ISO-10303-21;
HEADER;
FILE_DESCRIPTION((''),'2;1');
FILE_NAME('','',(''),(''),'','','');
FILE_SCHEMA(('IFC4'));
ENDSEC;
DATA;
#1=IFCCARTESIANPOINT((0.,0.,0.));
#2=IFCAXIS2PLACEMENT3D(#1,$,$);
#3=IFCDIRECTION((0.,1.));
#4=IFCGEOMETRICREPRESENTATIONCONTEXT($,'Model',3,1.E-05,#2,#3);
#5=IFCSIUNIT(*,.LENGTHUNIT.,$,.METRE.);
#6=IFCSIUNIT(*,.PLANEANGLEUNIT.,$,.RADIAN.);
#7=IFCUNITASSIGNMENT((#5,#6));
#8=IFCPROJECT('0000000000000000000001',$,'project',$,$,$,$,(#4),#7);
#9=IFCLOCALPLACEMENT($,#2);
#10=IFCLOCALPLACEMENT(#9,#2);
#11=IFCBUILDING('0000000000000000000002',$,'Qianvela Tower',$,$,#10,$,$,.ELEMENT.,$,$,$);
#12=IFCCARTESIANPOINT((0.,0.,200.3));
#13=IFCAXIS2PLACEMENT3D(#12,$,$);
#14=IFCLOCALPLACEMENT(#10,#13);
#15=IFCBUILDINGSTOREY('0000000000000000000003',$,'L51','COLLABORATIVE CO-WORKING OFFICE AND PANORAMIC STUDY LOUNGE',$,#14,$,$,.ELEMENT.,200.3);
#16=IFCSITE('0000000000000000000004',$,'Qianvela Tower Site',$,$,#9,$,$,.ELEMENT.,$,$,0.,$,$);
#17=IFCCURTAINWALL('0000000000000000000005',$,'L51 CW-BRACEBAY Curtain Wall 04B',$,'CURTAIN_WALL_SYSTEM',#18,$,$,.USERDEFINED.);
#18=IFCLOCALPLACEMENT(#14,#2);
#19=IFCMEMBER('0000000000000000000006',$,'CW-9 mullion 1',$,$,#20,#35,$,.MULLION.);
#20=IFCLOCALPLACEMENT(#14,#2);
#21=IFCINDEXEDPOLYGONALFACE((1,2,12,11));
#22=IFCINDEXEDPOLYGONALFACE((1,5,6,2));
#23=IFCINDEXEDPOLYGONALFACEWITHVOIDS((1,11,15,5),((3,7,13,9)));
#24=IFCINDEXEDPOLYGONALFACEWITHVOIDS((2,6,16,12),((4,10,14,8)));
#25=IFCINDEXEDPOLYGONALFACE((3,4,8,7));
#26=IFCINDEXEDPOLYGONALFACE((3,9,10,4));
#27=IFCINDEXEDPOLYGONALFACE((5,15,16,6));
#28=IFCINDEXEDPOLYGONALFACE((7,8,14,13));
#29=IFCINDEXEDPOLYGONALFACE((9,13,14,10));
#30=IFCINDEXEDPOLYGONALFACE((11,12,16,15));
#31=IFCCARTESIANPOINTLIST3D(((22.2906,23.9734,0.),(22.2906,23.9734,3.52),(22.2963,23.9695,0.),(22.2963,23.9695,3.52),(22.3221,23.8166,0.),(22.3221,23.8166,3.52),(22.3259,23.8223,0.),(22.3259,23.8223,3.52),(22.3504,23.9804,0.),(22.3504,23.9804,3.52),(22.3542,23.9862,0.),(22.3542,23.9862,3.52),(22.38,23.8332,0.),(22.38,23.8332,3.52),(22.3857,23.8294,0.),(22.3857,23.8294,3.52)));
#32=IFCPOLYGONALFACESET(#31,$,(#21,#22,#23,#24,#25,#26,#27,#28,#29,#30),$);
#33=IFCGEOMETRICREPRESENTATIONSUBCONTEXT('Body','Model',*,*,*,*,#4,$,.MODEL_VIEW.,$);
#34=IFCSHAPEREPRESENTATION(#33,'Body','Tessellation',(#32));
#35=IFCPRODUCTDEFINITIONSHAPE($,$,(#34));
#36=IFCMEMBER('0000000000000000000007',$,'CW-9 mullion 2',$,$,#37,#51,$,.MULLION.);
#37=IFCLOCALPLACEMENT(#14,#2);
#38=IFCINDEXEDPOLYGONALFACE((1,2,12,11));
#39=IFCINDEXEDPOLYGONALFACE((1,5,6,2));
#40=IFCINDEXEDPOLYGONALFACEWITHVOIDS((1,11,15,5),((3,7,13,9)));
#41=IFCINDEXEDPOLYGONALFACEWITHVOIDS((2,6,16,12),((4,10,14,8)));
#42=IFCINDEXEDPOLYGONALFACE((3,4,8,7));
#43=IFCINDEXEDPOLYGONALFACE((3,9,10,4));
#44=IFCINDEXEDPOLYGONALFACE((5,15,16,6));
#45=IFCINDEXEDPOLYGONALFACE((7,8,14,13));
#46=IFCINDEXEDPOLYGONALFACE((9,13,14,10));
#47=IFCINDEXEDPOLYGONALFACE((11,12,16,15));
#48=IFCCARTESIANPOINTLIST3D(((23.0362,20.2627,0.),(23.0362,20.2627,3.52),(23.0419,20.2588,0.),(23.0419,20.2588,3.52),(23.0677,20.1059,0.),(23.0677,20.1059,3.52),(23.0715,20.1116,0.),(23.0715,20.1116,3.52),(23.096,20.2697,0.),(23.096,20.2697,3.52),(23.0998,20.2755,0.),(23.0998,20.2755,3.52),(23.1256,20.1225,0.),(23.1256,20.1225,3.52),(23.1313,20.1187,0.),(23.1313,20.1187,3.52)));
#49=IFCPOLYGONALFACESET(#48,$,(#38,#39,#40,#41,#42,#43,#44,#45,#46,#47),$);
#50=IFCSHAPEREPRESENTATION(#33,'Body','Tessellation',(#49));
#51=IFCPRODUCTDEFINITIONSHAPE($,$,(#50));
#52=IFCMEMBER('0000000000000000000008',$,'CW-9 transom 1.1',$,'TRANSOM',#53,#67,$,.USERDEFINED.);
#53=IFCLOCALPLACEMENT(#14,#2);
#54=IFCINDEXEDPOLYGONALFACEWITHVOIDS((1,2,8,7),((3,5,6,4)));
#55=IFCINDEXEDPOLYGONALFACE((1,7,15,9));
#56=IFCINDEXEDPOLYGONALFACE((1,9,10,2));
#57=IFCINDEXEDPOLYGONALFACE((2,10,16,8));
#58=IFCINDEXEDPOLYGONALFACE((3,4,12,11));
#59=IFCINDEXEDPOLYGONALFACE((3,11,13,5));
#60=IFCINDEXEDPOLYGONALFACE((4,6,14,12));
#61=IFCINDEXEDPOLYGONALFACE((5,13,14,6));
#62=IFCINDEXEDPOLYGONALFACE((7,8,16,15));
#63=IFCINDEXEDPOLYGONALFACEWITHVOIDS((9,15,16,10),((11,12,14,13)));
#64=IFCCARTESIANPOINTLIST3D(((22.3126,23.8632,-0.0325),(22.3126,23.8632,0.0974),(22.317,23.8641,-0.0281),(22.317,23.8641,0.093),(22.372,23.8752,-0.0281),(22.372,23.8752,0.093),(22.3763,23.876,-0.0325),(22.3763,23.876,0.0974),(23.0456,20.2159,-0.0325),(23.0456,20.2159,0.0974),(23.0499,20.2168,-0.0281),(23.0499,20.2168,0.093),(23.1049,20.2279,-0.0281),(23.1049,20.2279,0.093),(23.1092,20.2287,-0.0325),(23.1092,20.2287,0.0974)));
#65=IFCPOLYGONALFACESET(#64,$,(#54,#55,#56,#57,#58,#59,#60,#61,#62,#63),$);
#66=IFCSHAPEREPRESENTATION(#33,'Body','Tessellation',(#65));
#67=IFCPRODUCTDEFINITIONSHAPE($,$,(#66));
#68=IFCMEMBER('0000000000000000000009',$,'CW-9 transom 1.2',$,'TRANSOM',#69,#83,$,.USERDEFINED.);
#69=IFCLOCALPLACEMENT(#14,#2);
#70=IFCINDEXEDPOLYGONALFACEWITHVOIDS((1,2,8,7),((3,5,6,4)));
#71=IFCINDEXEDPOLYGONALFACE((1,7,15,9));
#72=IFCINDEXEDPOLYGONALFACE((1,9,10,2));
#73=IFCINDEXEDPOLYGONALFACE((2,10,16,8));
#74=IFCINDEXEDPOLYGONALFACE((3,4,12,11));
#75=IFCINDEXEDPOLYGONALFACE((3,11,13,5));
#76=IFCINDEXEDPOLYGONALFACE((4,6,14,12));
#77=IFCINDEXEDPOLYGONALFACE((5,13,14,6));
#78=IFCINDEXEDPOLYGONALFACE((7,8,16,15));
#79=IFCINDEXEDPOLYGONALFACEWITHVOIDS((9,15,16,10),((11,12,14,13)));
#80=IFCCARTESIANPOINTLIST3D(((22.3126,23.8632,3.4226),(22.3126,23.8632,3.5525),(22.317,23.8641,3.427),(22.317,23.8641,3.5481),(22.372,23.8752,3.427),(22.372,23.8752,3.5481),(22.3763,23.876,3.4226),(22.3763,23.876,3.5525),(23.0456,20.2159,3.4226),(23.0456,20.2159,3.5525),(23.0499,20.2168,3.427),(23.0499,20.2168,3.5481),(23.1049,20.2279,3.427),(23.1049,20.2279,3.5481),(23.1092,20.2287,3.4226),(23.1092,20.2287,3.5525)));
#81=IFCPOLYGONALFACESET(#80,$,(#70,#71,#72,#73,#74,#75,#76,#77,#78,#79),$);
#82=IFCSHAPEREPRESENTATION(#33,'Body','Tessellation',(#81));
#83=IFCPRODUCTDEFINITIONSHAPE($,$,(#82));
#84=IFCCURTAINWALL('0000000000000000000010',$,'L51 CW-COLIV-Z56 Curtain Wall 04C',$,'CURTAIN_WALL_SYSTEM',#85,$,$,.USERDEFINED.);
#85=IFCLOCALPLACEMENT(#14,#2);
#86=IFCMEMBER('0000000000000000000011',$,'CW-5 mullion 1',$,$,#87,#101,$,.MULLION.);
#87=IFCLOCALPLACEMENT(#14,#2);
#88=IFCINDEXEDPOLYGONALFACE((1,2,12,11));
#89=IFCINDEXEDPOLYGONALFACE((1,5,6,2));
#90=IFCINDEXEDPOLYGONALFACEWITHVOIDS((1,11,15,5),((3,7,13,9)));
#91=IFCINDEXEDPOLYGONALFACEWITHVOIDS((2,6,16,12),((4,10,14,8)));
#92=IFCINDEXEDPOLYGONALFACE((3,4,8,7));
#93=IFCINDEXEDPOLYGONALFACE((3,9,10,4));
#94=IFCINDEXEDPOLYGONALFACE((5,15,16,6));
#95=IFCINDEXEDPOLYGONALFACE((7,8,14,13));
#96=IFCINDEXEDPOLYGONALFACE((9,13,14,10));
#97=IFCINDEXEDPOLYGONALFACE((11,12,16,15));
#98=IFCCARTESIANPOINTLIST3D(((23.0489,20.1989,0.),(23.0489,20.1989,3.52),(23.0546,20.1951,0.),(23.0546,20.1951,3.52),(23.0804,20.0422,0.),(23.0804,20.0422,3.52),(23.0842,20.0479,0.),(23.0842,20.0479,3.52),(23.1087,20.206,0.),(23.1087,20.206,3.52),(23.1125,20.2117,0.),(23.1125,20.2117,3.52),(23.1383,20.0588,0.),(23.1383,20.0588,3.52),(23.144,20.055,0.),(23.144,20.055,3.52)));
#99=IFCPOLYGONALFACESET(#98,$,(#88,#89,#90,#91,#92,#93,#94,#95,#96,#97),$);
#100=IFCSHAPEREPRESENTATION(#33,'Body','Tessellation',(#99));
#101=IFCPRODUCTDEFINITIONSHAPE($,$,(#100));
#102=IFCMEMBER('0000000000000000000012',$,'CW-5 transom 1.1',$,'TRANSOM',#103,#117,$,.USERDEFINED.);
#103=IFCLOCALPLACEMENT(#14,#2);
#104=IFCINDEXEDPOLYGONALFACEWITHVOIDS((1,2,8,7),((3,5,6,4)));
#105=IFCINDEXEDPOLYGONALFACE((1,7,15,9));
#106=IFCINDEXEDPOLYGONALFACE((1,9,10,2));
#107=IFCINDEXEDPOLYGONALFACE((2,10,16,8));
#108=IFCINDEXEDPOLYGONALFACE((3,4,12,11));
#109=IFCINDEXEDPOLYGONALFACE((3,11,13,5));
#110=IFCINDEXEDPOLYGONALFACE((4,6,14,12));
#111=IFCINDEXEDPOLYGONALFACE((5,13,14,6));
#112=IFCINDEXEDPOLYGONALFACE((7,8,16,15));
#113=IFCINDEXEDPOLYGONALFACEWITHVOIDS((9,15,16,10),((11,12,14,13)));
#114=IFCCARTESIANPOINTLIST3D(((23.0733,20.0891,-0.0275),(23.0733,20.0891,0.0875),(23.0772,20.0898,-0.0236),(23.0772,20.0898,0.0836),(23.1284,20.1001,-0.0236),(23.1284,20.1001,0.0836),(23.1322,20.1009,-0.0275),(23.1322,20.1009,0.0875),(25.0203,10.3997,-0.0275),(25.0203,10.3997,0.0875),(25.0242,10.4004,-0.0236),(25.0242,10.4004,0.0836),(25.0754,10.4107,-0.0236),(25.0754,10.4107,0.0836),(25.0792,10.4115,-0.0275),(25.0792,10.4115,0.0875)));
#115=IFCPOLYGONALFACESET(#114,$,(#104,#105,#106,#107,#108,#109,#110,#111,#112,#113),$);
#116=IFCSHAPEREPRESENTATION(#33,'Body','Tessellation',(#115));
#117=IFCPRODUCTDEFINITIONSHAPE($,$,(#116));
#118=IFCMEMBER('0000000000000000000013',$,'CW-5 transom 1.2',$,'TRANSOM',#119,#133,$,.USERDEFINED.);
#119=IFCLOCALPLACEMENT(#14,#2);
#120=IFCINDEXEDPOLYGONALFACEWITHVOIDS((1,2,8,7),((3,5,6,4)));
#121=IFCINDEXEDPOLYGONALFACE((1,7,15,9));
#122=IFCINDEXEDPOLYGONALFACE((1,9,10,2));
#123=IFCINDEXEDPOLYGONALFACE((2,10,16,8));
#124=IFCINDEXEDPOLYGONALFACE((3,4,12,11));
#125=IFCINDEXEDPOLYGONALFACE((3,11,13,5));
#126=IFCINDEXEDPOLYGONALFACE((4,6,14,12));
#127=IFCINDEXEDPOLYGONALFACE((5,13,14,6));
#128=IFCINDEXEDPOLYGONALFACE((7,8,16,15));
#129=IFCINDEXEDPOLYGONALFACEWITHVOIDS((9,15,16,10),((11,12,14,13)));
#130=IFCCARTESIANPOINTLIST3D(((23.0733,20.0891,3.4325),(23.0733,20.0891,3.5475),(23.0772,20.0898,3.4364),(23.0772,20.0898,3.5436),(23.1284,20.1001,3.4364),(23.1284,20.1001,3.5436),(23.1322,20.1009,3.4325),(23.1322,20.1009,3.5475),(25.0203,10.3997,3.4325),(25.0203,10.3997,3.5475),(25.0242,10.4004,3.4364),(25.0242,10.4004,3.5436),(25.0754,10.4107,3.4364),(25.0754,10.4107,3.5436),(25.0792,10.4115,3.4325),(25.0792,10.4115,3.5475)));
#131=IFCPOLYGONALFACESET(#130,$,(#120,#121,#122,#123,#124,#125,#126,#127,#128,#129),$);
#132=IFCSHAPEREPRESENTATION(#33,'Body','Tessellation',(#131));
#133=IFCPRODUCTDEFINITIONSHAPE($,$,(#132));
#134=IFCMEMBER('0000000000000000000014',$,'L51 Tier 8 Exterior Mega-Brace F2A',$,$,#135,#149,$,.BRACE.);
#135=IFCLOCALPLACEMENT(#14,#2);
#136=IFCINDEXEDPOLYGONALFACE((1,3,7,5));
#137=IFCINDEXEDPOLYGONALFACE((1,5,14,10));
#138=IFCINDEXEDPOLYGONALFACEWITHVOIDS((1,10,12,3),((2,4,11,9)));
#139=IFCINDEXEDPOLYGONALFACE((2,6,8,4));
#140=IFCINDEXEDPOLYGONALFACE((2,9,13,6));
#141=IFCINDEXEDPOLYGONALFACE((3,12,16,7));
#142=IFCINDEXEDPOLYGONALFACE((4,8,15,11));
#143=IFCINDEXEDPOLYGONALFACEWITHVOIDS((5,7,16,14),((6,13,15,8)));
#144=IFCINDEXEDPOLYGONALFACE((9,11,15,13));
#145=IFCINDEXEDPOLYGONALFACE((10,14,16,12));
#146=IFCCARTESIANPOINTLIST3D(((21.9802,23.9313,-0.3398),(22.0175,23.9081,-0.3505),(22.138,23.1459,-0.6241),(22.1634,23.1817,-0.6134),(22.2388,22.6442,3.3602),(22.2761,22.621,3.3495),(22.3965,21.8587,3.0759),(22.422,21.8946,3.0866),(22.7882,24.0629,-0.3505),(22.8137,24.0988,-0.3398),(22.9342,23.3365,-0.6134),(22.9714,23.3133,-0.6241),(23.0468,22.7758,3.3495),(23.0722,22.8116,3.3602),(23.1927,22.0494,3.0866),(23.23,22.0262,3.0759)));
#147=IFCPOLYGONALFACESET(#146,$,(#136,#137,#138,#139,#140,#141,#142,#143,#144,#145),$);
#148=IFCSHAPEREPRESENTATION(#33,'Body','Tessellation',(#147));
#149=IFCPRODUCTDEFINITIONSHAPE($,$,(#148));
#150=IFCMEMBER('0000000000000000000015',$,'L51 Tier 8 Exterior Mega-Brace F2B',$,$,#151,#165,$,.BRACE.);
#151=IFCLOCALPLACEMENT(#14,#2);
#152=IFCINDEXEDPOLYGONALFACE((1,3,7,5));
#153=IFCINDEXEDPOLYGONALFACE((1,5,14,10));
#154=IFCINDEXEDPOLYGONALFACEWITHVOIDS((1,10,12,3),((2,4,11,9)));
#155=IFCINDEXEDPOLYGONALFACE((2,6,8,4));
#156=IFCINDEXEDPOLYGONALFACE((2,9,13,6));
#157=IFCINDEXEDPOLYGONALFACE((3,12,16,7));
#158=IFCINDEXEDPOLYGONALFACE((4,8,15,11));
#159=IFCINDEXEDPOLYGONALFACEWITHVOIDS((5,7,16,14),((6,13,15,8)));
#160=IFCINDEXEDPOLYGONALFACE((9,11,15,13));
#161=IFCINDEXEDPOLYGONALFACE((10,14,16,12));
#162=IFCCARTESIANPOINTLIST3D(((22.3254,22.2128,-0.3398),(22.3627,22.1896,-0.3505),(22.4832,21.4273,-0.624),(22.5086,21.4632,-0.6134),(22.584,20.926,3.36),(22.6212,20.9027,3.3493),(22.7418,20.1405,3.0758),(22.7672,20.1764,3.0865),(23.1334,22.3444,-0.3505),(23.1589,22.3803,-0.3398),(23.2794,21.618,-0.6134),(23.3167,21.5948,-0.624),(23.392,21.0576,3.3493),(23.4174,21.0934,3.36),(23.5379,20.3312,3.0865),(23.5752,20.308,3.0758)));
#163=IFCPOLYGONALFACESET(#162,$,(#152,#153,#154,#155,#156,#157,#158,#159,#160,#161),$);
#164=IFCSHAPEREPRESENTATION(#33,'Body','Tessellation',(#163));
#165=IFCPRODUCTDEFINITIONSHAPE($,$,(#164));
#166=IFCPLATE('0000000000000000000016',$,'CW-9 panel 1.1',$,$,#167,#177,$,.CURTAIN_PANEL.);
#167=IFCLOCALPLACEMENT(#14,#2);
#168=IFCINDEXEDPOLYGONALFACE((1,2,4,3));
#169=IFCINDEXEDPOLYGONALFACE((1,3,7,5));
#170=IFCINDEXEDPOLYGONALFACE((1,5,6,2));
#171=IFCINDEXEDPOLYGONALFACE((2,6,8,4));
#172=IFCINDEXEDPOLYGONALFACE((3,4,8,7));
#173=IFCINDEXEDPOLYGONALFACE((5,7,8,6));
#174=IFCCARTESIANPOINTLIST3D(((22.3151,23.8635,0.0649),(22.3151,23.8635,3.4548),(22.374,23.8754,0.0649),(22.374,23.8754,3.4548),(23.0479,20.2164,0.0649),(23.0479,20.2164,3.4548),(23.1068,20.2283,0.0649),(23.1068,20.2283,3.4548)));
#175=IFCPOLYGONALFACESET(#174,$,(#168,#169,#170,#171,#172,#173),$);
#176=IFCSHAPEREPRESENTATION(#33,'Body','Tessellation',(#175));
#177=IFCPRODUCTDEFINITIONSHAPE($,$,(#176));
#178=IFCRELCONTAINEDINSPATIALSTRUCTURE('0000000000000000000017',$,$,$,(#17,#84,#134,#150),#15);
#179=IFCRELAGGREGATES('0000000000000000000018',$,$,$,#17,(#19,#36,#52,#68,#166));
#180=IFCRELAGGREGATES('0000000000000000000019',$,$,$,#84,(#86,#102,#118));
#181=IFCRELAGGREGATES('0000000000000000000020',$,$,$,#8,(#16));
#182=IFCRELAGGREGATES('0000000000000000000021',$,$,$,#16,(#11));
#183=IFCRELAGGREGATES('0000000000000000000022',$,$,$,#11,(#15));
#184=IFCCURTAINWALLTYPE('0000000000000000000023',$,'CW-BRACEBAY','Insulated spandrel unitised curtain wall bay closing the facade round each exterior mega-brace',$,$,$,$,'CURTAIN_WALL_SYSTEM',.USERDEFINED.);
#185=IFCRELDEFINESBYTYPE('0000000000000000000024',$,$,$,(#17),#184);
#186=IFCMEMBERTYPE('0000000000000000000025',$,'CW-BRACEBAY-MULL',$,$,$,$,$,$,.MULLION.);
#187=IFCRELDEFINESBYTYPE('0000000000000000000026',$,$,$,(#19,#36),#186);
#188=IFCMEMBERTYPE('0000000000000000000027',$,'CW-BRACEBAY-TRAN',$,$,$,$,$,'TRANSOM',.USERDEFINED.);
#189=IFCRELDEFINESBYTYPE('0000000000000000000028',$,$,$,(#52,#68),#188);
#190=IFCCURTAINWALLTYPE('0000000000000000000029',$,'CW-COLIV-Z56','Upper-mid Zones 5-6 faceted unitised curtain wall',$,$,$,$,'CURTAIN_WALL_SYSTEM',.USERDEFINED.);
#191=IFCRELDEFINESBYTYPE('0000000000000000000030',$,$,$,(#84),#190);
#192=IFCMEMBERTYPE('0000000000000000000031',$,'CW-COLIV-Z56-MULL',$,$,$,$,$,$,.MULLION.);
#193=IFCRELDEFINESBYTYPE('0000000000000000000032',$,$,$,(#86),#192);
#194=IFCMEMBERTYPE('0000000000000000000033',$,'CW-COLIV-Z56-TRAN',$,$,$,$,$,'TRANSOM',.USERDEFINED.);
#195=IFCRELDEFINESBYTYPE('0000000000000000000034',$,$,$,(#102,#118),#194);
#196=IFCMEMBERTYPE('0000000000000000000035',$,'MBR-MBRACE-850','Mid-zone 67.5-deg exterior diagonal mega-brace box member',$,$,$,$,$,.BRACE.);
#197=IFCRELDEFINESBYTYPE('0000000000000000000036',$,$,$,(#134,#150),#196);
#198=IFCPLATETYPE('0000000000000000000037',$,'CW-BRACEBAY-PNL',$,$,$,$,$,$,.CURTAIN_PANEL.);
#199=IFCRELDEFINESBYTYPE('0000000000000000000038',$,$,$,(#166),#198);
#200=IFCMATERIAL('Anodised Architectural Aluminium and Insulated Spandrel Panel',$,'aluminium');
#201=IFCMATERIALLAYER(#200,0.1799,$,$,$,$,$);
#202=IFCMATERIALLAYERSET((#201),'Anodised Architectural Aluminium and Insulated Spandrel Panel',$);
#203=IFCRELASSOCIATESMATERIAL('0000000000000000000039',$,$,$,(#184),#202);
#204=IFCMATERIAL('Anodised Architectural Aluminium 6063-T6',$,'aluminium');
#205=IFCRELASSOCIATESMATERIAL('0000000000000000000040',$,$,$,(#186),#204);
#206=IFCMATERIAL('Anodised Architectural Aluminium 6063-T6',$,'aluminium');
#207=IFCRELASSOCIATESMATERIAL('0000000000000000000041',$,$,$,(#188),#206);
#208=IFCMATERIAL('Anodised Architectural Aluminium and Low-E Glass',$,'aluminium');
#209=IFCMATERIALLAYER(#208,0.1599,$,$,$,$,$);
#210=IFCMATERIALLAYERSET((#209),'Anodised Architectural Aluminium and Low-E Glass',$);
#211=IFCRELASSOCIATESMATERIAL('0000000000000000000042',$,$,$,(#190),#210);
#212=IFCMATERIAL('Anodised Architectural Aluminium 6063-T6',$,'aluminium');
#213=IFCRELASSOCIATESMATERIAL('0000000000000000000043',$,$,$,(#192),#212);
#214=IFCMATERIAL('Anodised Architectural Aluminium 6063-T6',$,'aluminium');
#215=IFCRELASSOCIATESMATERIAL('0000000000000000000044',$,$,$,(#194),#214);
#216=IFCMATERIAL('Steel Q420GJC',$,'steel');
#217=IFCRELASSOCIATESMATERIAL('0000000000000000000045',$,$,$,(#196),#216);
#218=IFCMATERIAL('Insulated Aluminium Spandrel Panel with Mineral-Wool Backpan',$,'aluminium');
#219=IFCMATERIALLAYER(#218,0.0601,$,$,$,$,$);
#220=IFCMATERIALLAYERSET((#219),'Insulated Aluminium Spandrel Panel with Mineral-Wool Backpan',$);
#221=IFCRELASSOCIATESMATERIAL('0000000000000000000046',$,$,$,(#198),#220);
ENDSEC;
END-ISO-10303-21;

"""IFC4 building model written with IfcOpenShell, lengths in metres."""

from ifc_helpers import new_model, si_unit, direction, frame, origin, origin_2d, place, context, subcontext, project, spatial, rectangle, hollow_rectangle, extrude, material, layer, layer_set, material_profile, profile_set, type_object, element, aggregate, save


model = new_model("IFC4")

# Units and contexts
model_context = context("Model", 3, precision=1e-05, world=origin(), true_north=direction((0.0, 1.0)))
body_context = subcontext(model_context, "Body", "Model", "MODEL_VIEW")
ifc_project = project(units=[si_unit("LENGTHUNIT", "METRE"), si_unit("PLANEANGLEUNIT", "RADIAN")], contexts=[model_context])

# Site, building, storey
site_placement = place(None, origin())
site = spatial("IfcSite", under=ifc_project, at=site_placement, Name="Qianvela Tower Site", CompositionType="ELEMENT", RefElevation=0.0)
building_placement = place(site_placement, origin())
building = spatial("IfcBuilding", under=site, at=building_placement, Name="Qianvela Tower", CompositionType="ELEMENT")
storey_placement = place(building_placement, frame((0.0, 0.0, 200.3)))
storey = spatial("IfcBuildingStorey", under=building, at=storey_placement, Name="L51", Description="COLLABORATIVE CO-WORKING OFFICE AND PANORAMIC STUDY LOUNGE", CompositionType="ELEMENT", Elevation=200.3)

# Curtain walls, members
ifc_material_1 = material(Name="Anodised Architectural Aluminium and Insulated Spandrel Panel", Category="aluminium")
ifc_layer_1 = layer(ifc_material_1, 0.1799)
ifc_layer_set_1 = layer_set([ifc_layer_1], Name="Anodised Architectural Aluminium and Insulated Spandrel Panel")
curtain_wall_type_1 = type_object("IfcCurtainWallType", Name="CW-BRACEBAY", Description="Insulated spandrel unitised curtain wall bay closing the facade round each exterior mega-brace", ElementType="CURTAIN_WALL_SYSTEM", PredefinedType="USERDEFINED", material=ifc_layer_set_1)
curtain_wall_1_placement = place(storey_placement, origin())
curtain_wall_1 = element("IfcCurtainWall", 1, at=curtain_wall_1_placement, inside=storey, type_object=curtain_wall_type_1, Name="L51 CW-BRACEBAY Curtain Wall 04B", ObjectType="CURTAIN_WALL_SYSTEM", PredefinedType="USERDEFINED")
ifc_material_2 = material(Name="Anodised Architectural Aluminium 6063-T6", Category="aluminium")
ifc_material_profile_1 = material_profile(ifc_material_2, hollow_rectangle(XDim=0.0649, YDim=0.1599, WallThickness=0.0049, at=origin_2d()), Name="ALU-MULL-65x160")
ifc_profile_set_1 = profile_set([ifc_material_profile_1], Name="Anodised Architectural Aluminium 6063-T6")
member_type_1 = type_object("IfcMemberType", Name="CW-BRACEBAY-MULL", PredefinedType="MULLION", material=ifc_profile_set_1)
member_1_placement = place(storey_placement, frame((22.3381, 23.9014, 0.0), z_axis=(0.0, 0.0, 1.0), x_axis=(0.980406, 0.196985, 0.0)))
member_1 = element("IfcMember", 2, at=member_1_placement, type_object=member_type_1, Name="CW-9 mullion 1", PredefinedType="MULLION", context=body_context, shape_type="SweptSolid", body=[
    extrude(hollow_rectangle(XDim=0.0649, YDim=0.1599, WallThickness=0.0049, at=origin_2d()), origin(), (0.0, 0.0, 1.0), 3.52),
])
member_2_placement = place(storey_placement, frame((23.0837, 20.1907, 0.0), z_axis=(0.0, 0.0, 1.0), x_axis=(0.980406, 0.196985, 0.0)))
member_2 = element("IfcMember", 3, at=member_2_placement, type_object=member_type_1, Name="CW-9 mullion 2", PredefinedType="MULLION", context=body_context, shape_type="SweptSolid", body=[
    extrude(hollow_rectangle(XDim=0.0649, YDim=0.1599, WallThickness=0.0049, at=origin_2d()), origin(), (0.0, 0.0, 1.0), 3.52),
])
ifc_material_3 = material(Name="Anodised Architectural Aluminium 6063-T6", Category="aluminium")
ifc_material_profile_2 = material_profile(ifc_material_3, hollow_rectangle(XDim=0.0649, YDim=0.1299, WallThickness=0.0044, at=origin_2d()), Name="ALU-TRAN-65x130")
ifc_profile_set_2 = profile_set([ifc_material_profile_2], Name="Anodised Architectural Aluminium 6063-T6")
member_type_2 = type_object("IfcMemberType", Name="CW-BRACEBAY-TRAN", ElementType="TRANSOM", PredefinedType="USERDEFINED", material=ifc_profile_set_2)
member_3_placement = place(storey_placement, frame((22.3445, 23.8696, 0.0325), z_axis=(0.197012, -0.980401, 0.0), x_axis=(0.980401, 0.197012, 0.0)))
member_3 = element("IfcMember", 4, at=member_3_placement, type_object=member_type_2, Name="CW-9 transom 1.1", ObjectType="TRANSOM", PredefinedType="USERDEFINED", context=body_context, shape_type="SweptSolid", body=[
    extrude(hollow_rectangle(XDim=0.0649, YDim=0.1299, WallThickness=0.0044, at=origin_2d()), origin(), (0.0, 0.0, 1.0), 3.7202),
])
member_4_placement = place(storey_placement, frame((22.3445, 23.8696, 3.4875), z_axis=(0.197012, -0.980401, 0.0), x_axis=(0.980401, 0.197012, 0.0)))
member_4 = element("IfcMember", 5, at=member_4_placement, type_object=member_type_2, Name="CW-9 transom 1.2", ObjectType="TRANSOM", PredefinedType="USERDEFINED", context=body_context, shape_type="SweptSolid", body=[
    extrude(hollow_rectangle(XDim=0.0649, YDim=0.1299, WallThickness=0.0044, at=origin_2d()), origin(), (0.0, 0.0, 1.0), 3.7202),
])
ifc_material_4 = material(Name="Anodised Architectural Aluminium and Low-E Glass", Category="aluminium")
ifc_layer_2 = layer(ifc_material_4, 0.1599)
ifc_layer_set_2 = layer_set([ifc_layer_2], Name="Anodised Architectural Aluminium and Low-E Glass")
curtain_wall_type_2 = type_object("IfcCurtainWallType", Name="CW-COLIV-Z56", Description="Upper-mid Zones 5-6 faceted unitised curtain wall", ElementType="CURTAIN_WALL_SYSTEM", PredefinedType="USERDEFINED", material=ifc_layer_set_2)
curtain_wall_2_placement = place(storey_placement, origin())
curtain_wall_2 = element("IfcCurtainWall", 6, at=curtain_wall_2_placement, inside=storey, type_object=curtain_wall_type_2, Name="L51 CW-COLIV-Z56 Curtain Wall 04C", ObjectType="CURTAIN_WALL_SYSTEM", PredefinedType="USERDEFINED")
ifc_material_5 = material(Name="Anodised Architectural Aluminium 6063-T6", Category="aluminium")
ifc_material_profile_3 = material_profile(ifc_material_5, hollow_rectangle(XDim=0.0649, YDim=0.1599, WallThickness=0.0049, at=origin_2d()), Name="ALU-MULL-65x160")
ifc_profile_set_3 = profile_set([ifc_material_profile_3], Name="Anodised Architectural Aluminium 6063-T6")
member_type_3 = type_object("IfcMemberType", Name="CW-COLIV-Z56-MULL", PredefinedType="MULLION", material=ifc_profile_set_3)
member_5_placement = place(storey_placement, frame((23.0964, 20.127, 0.0), z_axis=(0.0, 0.0, 1.0), x_axis=(0.980407, 0.196982, 0.0)))
member_5 = element("IfcMember", 7, at=member_5_placement, type_object=member_type_3, Name="CW-5 mullion 1", PredefinedType="MULLION", context=body_context, shape_type="SweptSolid", body=[
    extrude(hollow_rectangle(XDim=0.0649, YDim=0.1599, WallThickness=0.0049, at=origin_2d()), origin(), (0.0, 0.0, 1.0), 3.52),
])
ifc_material_6 = material(Name="Anodised Architectural Aluminium 6063-T6", Category="aluminium")
ifc_material_profile_4 = material_profile(ifc_material_6, hollow_rectangle(XDim=0.0601, YDim=0.115, WallThickness=0.0039, at=origin_2d()), Name="ALU-TRAN-60x115")
ifc_profile_set_4 = profile_set([ifc_material_profile_4], Name="Anodised Architectural Aluminium 6063-T6")
member_type_4 = type_object("IfcMemberType", Name="CW-COLIV-Z56-TRAN", ElementType="TRANSOM", PredefinedType="USERDEFINED", material=ifc_profile_set_4)
member_6_placement = place(storey_placement, frame((23.1028, 20.095, 0.03), z_axis=(0.197004, -0.980403, 0.0), x_axis=(0.980403, 0.197004, 0.0)))
member_6 = element("IfcMember", 8, at=member_6_placement, type_object=member_type_4, Name="CW-5 transom 1.1", ObjectType="TRANSOM", PredefinedType="USERDEFINED", context=body_context, shape_type="SweptSolid", body=[
    extrude(hollow_rectangle(XDim=0.0601, YDim=0.115, WallThickness=0.0039, at=origin_2d()), origin(), (0.0, 0.0, 1.0), 9.8831),
])
member_7_placement = place(storey_placement, frame((23.1028, 20.095, 3.49), z_axis=(0.197004, -0.980403, 0.0), x_axis=(0.980403, 0.197004, 0.0)))
member_7 = element("IfcMember", 9, at=member_7_placement, type_object=member_type_4, Name="CW-5 transom 1.2", ObjectType="TRANSOM", PredefinedType="USERDEFINED", context=body_context, shape_type="SweptSolid", body=[
    extrude(hollow_rectangle(XDim=0.0601, YDim=0.115, WallThickness=0.0039, at=origin_2d()), origin(), (0.0, 0.0, 1.0), 9.8831),
])

# Members
ifc_material_7 = material(Name="Steel Q420GJC", Category="steel")
ifc_material_profile_5 = material_profile(ifc_material_7, hollow_rectangle(XDim=0.8501, YDim=0.8501, WallThickness=0.032, at=origin_2d()), Name="MBOX-850x850x32")
ifc_profile_set_5 = profile_set([ifc_material_profile_5], Name="Steel Q420GJC")
member_type_5 = type_object("IfcMemberType", Name="MBR-MBRACE-850", Description="Mid-zone 67.5-deg exterior diagonal mega-brace box member", PredefinedType="BRACE", material=ifc_profile_set_5)
member_8_placement = place(storey_placement, frame((22.4758, 23.6223, -0.4819), z_axis=(0.065855, -0.327846, 0.942433), x_axis=(0.980416, 0.196939, 0.0)))
element("IfcMember", 10, at=member_8_placement, inside=storey, type_object=member_type_5, Name="L51 Tier 8 Exterior Mega-Brace F2A", PredefinedType="BRACE", context=body_context, shape_type="SweptSolid", body=[
    extrude(hollow_rectangle(XDim=0.8501, YDim=0.8501, WallThickness=0.032, at=origin_2d()), origin(), (0.0, 0.0, 1.0), 3.926),
])
member_9_placement = place(storey_placement, frame((22.821, 21.9038, -0.4819), z_axis=(0.065857, -0.327791, 0.942452), x_axis=(0.980409, 0.196975, 0.0)))
element("IfcMember", 11, at=member_9_placement, inside=storey, type_object=member_type_5, Name="L51 Tier 8 Exterior Mega-Brace F2B", PredefinedType="BRACE", context=body_context, shape_type="SweptSolid", body=[
    extrude(hollow_rectangle(XDim=0.8501, YDim=0.8501, WallThickness=0.032, at=origin_2d()), origin(), (0.0, 0.0, 1.0), 3.9258),
])

# Plate
ifc_material_8 = material(Name="Insulated Aluminium Spandrel Panel with Mineral-Wool Backpan", Category="aluminium")
ifc_layer_3 = layer(ifc_material_8, 0.0601)
ifc_layer_set_3 = layer_set([ifc_layer_3], Name="Insulated Aluminium Spandrel Panel with Mineral-Wool Backpan")
plate_type_1 = type_object("IfcPlateType", Name="CW-BRACEBAY-PNL", PredefinedType="CURTAIN_PANEL", material=ifc_layer_set_3)
plate_1_placement = place(storey_placement, frame((22.7109, 22.0459, 0.0649), z_axis=(0.0, 0.0, 1.0), x_axis=(0.196985, -0.980406, 0.0)))
plate_1 = element("IfcPlate", 12, at=plate_1_placement, type_object=plate_type_1, Name="CW-9 panel 1.1", PredefinedType="CURTAIN_PANEL", context=body_context, shape_type="SweptSolid", body=[
    extrude(rectangle(XDim=3.72, YDim=0.0601, at=origin_2d()), origin(), (0.0, 0.0, 1.0), 3.3899),
])
aggregate(curtain_wall_1, [member_1, member_2, member_3, member_4, plate_1])
aggregate(curtain_wall_2, [member_5, member_6, member_7])

save(model, "model.ifc")
